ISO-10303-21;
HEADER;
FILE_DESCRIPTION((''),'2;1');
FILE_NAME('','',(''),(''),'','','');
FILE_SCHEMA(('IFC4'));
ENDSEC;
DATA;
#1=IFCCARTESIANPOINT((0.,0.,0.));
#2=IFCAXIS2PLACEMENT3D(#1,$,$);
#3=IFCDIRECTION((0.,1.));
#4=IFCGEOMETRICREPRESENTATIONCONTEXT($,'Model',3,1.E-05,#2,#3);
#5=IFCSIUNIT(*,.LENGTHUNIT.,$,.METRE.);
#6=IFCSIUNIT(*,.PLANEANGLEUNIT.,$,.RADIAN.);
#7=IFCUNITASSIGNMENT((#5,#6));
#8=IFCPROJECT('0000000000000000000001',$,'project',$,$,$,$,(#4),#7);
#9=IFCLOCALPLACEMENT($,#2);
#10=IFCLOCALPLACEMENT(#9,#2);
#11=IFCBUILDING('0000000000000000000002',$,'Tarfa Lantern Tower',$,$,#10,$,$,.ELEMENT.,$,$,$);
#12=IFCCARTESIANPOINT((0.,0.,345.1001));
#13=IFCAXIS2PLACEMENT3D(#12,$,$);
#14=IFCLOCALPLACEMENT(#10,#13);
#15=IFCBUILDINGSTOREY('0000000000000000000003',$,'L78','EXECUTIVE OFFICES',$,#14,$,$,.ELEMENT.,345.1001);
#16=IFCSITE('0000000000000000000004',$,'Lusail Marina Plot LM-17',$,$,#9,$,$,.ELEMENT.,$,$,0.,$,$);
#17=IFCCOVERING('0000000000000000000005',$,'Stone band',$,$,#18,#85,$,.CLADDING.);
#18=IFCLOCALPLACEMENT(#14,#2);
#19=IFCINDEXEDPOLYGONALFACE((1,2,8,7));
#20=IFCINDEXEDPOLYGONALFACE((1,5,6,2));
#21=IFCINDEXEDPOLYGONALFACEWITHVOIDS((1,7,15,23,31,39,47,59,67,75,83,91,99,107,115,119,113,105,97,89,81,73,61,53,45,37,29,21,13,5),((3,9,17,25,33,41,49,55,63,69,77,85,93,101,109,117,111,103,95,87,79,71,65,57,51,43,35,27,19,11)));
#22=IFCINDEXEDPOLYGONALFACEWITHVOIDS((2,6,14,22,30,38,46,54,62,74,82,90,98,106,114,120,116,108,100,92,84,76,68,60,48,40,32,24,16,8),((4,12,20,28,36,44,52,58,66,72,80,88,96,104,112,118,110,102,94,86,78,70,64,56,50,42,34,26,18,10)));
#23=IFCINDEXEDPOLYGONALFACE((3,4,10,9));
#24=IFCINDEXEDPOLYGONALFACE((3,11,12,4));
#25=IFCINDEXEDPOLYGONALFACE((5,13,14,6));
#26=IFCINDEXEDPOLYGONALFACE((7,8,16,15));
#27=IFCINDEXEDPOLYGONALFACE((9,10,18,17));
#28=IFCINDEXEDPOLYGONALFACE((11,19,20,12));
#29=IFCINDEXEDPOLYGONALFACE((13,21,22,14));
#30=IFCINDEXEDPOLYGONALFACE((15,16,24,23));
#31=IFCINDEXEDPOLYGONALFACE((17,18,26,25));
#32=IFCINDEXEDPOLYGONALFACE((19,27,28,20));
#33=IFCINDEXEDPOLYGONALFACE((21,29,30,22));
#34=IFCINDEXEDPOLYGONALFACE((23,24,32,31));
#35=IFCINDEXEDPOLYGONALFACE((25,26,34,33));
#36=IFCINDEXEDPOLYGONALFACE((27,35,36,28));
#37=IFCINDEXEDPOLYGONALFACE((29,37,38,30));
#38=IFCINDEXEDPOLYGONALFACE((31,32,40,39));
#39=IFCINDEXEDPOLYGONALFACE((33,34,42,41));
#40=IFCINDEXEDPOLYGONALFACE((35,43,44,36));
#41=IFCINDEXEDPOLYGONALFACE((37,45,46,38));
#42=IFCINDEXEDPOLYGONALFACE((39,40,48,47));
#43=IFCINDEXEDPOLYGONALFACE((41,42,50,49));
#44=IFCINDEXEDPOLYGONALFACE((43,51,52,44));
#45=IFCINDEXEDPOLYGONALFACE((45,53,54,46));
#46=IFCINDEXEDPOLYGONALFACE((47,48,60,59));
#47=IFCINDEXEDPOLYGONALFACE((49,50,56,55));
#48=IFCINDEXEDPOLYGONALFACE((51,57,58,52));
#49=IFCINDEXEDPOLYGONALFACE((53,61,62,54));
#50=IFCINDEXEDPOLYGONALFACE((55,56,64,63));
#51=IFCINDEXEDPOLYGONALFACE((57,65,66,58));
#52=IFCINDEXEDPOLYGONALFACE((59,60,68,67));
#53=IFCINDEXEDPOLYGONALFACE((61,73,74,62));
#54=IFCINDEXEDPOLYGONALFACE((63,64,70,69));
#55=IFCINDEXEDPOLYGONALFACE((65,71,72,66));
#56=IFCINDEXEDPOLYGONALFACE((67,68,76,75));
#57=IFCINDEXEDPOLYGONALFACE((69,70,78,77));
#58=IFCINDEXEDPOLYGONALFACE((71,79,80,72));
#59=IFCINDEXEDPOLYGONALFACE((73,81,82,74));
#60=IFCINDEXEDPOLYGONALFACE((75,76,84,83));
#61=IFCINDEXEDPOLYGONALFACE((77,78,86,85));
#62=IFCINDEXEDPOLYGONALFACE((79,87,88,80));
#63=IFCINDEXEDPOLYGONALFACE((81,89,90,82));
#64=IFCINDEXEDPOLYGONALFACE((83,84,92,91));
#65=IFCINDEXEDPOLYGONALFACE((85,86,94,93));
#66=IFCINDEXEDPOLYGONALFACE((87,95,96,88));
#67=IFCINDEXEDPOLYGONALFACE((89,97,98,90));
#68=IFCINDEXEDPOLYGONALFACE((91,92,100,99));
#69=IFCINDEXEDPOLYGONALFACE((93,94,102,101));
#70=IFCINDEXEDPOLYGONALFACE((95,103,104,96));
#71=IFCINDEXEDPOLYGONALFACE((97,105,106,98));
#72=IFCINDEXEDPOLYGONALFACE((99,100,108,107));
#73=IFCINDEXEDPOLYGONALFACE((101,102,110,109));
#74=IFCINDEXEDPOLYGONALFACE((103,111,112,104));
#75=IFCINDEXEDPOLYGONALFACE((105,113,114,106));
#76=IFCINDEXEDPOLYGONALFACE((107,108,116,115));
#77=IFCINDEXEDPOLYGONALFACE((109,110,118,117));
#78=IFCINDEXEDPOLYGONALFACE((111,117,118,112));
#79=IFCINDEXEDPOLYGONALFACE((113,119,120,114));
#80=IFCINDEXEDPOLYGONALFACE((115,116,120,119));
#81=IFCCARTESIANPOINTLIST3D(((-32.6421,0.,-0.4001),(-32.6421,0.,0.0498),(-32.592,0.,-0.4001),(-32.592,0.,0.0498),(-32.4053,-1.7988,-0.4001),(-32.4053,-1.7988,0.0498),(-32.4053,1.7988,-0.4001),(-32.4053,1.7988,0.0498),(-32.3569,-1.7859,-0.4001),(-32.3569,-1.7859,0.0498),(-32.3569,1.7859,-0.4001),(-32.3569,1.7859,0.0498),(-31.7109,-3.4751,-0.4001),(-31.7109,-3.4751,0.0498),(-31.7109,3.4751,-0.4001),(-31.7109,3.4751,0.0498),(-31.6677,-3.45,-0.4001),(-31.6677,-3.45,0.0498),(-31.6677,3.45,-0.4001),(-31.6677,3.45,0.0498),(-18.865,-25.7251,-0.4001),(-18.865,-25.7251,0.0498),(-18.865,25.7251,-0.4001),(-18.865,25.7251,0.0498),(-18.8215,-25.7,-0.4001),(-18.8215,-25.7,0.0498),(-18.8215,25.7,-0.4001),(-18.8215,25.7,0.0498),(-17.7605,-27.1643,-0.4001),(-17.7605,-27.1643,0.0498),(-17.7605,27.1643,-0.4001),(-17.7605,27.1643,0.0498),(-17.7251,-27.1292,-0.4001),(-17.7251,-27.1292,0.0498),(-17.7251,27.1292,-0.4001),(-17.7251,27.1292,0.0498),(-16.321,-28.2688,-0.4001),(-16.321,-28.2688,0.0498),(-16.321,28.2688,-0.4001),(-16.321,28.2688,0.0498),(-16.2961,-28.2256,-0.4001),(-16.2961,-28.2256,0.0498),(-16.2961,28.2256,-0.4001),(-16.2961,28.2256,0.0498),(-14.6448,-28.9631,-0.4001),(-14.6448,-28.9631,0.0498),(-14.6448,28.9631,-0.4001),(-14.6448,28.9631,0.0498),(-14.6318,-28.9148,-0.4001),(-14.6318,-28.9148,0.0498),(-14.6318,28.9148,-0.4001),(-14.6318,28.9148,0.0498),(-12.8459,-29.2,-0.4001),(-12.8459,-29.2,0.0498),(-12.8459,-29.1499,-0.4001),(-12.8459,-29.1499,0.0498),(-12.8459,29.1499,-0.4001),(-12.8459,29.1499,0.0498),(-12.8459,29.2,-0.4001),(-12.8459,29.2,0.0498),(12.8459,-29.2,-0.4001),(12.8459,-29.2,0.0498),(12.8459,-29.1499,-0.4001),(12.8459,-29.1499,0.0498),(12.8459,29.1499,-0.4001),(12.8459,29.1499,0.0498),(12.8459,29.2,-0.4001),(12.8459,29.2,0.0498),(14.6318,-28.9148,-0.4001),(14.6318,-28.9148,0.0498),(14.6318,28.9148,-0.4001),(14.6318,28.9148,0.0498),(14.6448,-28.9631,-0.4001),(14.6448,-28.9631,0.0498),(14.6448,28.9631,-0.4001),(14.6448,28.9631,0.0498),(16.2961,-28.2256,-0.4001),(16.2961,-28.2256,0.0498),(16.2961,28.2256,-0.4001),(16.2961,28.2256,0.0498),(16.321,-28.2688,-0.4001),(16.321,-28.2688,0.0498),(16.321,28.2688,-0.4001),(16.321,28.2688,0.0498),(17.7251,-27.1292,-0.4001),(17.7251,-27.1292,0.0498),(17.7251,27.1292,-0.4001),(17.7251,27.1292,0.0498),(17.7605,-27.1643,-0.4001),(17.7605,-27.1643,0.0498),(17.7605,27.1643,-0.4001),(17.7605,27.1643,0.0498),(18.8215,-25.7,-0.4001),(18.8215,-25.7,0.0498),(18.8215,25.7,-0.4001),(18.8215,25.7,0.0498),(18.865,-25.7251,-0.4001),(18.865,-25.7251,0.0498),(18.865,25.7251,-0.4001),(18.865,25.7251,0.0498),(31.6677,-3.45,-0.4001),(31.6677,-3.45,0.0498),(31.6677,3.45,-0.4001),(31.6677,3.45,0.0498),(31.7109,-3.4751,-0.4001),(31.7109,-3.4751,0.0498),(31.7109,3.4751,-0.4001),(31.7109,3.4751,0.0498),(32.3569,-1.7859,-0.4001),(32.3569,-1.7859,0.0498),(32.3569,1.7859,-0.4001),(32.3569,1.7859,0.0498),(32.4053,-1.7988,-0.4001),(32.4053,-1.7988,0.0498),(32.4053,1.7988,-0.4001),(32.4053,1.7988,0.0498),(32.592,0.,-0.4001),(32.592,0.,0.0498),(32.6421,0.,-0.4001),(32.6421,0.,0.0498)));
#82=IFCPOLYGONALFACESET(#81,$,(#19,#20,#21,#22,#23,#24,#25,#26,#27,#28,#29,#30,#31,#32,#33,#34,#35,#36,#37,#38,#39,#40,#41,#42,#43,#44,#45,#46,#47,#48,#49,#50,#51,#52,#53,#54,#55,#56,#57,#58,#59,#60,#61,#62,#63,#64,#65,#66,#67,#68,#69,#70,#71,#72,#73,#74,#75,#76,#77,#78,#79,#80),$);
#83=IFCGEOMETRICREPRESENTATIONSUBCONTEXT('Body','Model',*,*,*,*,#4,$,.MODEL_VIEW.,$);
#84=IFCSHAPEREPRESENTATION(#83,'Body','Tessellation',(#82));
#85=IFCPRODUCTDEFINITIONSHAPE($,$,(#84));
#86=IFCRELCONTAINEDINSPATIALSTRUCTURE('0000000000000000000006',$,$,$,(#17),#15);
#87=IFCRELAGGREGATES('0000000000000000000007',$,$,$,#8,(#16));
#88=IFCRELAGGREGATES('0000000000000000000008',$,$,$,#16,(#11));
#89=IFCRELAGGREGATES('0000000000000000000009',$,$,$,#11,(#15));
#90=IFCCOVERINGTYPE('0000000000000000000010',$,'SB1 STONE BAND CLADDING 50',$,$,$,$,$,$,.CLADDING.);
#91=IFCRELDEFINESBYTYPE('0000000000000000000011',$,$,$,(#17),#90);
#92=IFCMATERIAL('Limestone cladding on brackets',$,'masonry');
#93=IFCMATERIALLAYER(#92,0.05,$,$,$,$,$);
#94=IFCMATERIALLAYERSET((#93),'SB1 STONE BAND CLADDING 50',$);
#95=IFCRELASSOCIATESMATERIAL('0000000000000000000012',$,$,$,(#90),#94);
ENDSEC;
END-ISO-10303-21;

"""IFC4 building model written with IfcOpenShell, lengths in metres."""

from ifc_helpers import new_model, si_unit, direction, frame, origin, place, context, subcontext, project, spatial, polyline, outline, extrude, material, layer, layer_set, type_object, element, save


model = new_model("IFC4")

# Units and contexts
model_context = context("Model", 3, precision=1e-05, world=origin(), true_north=direction((0.0, 1.0)))
body_context = subcontext(model_context, "Body", "Model", "MODEL_VIEW")
ifc_project = project(units=[si_unit("LENGTHUNIT", "METRE"), si_unit("PLANEANGLEUNIT", "RADIAN")], contexts=[model_context])

# Site, building, storey
site_placement = place(None, origin())
site = spatial("IfcSite", under=ifc_project, at=site_placement, Name="Lusail Marina Plot LM-17", CompositionType="ELEMENT", RefElevation=0.0)
building_placement = place(site_placement, origin())
building = spatial("IfcBuilding", under=site, at=building_placement, Name="Tarfa Lantern Tower", CompositionType="ELEMENT")
storey_placement = place(building_placement, frame((0.0, 0.0, 345.1001)))
storey = spatial("IfcBuildingStorey", under=building, at=storey_placement, Name="L78", Description="EXECUTIVE OFFICES", CompositionType="ELEMENT", Elevation=345.1001)

# Covering
ifc_material_1 = material(Name="Limestone cladding on brackets", Category="masonry")
ifc_layer_1 = layer(ifc_material_1, 0.05)
ifc_layer_set_1 = layer_set([ifc_layer_1], Name="SB1 STONE BAND CLADDING 50")
covering_type_1 = type_object("IfcCoveringType", Name="SB1 STONE BAND CLADDING 50", PredefinedType="CLADDING", material=ifc_layer_set_1)
covering_1_placement = place(storey_placement, frame((0.0, 0.0, -0.4001)))
element("IfcCovering", 1, at=covering_1_placement, inside=storey, type_object=covering_type_1, Name="Stone band", PredefinedType="CLADDING", context=body_context, shape_type="SweptSolid", body=[
    extrude(outline(polyline([(31.7109, 3.4751), (18.865, 25.7251), (17.7605, 27.1643), (16.321, 28.2688), (14.6448, 28.9631), (12.8459, 29.2), (-12.8459, 29.2), (-14.6448, 28.9631), (-16.321, 28.2688), (-17.7605, 27.1643), (-18.865, 25.7251), (-31.7109, 3.4751), (-32.4053, 1.7988), (-32.6421, 0.0), (-32.4053, -1.7988), (-31.7109, -3.4751), (-18.865, -25.7251), (-17.7605, -27.1643), (-16.321, -28.2688), (-14.6448, -28.9631), (-12.8459, -29.2), (12.8459, -29.2), (14.6448, -28.9631), (16.321, -28.2688), (17.7605, -27.1643), (18.865, -25.7251), (31.7109, -3.4751), (32.4053, -1.7988), (32.6421, 0.0), (32.4053, 1.7988), (31.7109, 3.4751)]), holes=[polyline([(31.6677, 3.45), (18.8215, 25.7), (17.7251, 27.1292), (16.2961, 28.2256), (14.6318, 28.9148), (12.8459, 29.1499), (-12.8459, 29.1499), (-14.6318, 28.9148), (-16.2961, 28.2256), (-17.7251, 27.1292), (-18.8215, 25.7), (-31.6677, 3.45), (-32.3569, 1.7859), (-32.592, 0.0), (-32.3569, -1.7859), (-31.6677, -3.45), (-18.8215, -25.7), (-17.7251, -27.1292), (-16.2961, -28.2256), (-14.6318, -28.9148), (-12.8459, -29.1499), (12.8459, -29.1499), (14.6318, -28.9148), (16.2961, -28.2256), (17.7251, -27.1292), (18.8215, -25.7), (31.6677, -3.45), (32.3569, -1.7859), (32.592, 0.0), (32.3569, 1.7859), (31.6677, 3.45)])]), origin(), (0.0, 0.0, 1.0), 0.45),
])

save(model, "model.ifc")
